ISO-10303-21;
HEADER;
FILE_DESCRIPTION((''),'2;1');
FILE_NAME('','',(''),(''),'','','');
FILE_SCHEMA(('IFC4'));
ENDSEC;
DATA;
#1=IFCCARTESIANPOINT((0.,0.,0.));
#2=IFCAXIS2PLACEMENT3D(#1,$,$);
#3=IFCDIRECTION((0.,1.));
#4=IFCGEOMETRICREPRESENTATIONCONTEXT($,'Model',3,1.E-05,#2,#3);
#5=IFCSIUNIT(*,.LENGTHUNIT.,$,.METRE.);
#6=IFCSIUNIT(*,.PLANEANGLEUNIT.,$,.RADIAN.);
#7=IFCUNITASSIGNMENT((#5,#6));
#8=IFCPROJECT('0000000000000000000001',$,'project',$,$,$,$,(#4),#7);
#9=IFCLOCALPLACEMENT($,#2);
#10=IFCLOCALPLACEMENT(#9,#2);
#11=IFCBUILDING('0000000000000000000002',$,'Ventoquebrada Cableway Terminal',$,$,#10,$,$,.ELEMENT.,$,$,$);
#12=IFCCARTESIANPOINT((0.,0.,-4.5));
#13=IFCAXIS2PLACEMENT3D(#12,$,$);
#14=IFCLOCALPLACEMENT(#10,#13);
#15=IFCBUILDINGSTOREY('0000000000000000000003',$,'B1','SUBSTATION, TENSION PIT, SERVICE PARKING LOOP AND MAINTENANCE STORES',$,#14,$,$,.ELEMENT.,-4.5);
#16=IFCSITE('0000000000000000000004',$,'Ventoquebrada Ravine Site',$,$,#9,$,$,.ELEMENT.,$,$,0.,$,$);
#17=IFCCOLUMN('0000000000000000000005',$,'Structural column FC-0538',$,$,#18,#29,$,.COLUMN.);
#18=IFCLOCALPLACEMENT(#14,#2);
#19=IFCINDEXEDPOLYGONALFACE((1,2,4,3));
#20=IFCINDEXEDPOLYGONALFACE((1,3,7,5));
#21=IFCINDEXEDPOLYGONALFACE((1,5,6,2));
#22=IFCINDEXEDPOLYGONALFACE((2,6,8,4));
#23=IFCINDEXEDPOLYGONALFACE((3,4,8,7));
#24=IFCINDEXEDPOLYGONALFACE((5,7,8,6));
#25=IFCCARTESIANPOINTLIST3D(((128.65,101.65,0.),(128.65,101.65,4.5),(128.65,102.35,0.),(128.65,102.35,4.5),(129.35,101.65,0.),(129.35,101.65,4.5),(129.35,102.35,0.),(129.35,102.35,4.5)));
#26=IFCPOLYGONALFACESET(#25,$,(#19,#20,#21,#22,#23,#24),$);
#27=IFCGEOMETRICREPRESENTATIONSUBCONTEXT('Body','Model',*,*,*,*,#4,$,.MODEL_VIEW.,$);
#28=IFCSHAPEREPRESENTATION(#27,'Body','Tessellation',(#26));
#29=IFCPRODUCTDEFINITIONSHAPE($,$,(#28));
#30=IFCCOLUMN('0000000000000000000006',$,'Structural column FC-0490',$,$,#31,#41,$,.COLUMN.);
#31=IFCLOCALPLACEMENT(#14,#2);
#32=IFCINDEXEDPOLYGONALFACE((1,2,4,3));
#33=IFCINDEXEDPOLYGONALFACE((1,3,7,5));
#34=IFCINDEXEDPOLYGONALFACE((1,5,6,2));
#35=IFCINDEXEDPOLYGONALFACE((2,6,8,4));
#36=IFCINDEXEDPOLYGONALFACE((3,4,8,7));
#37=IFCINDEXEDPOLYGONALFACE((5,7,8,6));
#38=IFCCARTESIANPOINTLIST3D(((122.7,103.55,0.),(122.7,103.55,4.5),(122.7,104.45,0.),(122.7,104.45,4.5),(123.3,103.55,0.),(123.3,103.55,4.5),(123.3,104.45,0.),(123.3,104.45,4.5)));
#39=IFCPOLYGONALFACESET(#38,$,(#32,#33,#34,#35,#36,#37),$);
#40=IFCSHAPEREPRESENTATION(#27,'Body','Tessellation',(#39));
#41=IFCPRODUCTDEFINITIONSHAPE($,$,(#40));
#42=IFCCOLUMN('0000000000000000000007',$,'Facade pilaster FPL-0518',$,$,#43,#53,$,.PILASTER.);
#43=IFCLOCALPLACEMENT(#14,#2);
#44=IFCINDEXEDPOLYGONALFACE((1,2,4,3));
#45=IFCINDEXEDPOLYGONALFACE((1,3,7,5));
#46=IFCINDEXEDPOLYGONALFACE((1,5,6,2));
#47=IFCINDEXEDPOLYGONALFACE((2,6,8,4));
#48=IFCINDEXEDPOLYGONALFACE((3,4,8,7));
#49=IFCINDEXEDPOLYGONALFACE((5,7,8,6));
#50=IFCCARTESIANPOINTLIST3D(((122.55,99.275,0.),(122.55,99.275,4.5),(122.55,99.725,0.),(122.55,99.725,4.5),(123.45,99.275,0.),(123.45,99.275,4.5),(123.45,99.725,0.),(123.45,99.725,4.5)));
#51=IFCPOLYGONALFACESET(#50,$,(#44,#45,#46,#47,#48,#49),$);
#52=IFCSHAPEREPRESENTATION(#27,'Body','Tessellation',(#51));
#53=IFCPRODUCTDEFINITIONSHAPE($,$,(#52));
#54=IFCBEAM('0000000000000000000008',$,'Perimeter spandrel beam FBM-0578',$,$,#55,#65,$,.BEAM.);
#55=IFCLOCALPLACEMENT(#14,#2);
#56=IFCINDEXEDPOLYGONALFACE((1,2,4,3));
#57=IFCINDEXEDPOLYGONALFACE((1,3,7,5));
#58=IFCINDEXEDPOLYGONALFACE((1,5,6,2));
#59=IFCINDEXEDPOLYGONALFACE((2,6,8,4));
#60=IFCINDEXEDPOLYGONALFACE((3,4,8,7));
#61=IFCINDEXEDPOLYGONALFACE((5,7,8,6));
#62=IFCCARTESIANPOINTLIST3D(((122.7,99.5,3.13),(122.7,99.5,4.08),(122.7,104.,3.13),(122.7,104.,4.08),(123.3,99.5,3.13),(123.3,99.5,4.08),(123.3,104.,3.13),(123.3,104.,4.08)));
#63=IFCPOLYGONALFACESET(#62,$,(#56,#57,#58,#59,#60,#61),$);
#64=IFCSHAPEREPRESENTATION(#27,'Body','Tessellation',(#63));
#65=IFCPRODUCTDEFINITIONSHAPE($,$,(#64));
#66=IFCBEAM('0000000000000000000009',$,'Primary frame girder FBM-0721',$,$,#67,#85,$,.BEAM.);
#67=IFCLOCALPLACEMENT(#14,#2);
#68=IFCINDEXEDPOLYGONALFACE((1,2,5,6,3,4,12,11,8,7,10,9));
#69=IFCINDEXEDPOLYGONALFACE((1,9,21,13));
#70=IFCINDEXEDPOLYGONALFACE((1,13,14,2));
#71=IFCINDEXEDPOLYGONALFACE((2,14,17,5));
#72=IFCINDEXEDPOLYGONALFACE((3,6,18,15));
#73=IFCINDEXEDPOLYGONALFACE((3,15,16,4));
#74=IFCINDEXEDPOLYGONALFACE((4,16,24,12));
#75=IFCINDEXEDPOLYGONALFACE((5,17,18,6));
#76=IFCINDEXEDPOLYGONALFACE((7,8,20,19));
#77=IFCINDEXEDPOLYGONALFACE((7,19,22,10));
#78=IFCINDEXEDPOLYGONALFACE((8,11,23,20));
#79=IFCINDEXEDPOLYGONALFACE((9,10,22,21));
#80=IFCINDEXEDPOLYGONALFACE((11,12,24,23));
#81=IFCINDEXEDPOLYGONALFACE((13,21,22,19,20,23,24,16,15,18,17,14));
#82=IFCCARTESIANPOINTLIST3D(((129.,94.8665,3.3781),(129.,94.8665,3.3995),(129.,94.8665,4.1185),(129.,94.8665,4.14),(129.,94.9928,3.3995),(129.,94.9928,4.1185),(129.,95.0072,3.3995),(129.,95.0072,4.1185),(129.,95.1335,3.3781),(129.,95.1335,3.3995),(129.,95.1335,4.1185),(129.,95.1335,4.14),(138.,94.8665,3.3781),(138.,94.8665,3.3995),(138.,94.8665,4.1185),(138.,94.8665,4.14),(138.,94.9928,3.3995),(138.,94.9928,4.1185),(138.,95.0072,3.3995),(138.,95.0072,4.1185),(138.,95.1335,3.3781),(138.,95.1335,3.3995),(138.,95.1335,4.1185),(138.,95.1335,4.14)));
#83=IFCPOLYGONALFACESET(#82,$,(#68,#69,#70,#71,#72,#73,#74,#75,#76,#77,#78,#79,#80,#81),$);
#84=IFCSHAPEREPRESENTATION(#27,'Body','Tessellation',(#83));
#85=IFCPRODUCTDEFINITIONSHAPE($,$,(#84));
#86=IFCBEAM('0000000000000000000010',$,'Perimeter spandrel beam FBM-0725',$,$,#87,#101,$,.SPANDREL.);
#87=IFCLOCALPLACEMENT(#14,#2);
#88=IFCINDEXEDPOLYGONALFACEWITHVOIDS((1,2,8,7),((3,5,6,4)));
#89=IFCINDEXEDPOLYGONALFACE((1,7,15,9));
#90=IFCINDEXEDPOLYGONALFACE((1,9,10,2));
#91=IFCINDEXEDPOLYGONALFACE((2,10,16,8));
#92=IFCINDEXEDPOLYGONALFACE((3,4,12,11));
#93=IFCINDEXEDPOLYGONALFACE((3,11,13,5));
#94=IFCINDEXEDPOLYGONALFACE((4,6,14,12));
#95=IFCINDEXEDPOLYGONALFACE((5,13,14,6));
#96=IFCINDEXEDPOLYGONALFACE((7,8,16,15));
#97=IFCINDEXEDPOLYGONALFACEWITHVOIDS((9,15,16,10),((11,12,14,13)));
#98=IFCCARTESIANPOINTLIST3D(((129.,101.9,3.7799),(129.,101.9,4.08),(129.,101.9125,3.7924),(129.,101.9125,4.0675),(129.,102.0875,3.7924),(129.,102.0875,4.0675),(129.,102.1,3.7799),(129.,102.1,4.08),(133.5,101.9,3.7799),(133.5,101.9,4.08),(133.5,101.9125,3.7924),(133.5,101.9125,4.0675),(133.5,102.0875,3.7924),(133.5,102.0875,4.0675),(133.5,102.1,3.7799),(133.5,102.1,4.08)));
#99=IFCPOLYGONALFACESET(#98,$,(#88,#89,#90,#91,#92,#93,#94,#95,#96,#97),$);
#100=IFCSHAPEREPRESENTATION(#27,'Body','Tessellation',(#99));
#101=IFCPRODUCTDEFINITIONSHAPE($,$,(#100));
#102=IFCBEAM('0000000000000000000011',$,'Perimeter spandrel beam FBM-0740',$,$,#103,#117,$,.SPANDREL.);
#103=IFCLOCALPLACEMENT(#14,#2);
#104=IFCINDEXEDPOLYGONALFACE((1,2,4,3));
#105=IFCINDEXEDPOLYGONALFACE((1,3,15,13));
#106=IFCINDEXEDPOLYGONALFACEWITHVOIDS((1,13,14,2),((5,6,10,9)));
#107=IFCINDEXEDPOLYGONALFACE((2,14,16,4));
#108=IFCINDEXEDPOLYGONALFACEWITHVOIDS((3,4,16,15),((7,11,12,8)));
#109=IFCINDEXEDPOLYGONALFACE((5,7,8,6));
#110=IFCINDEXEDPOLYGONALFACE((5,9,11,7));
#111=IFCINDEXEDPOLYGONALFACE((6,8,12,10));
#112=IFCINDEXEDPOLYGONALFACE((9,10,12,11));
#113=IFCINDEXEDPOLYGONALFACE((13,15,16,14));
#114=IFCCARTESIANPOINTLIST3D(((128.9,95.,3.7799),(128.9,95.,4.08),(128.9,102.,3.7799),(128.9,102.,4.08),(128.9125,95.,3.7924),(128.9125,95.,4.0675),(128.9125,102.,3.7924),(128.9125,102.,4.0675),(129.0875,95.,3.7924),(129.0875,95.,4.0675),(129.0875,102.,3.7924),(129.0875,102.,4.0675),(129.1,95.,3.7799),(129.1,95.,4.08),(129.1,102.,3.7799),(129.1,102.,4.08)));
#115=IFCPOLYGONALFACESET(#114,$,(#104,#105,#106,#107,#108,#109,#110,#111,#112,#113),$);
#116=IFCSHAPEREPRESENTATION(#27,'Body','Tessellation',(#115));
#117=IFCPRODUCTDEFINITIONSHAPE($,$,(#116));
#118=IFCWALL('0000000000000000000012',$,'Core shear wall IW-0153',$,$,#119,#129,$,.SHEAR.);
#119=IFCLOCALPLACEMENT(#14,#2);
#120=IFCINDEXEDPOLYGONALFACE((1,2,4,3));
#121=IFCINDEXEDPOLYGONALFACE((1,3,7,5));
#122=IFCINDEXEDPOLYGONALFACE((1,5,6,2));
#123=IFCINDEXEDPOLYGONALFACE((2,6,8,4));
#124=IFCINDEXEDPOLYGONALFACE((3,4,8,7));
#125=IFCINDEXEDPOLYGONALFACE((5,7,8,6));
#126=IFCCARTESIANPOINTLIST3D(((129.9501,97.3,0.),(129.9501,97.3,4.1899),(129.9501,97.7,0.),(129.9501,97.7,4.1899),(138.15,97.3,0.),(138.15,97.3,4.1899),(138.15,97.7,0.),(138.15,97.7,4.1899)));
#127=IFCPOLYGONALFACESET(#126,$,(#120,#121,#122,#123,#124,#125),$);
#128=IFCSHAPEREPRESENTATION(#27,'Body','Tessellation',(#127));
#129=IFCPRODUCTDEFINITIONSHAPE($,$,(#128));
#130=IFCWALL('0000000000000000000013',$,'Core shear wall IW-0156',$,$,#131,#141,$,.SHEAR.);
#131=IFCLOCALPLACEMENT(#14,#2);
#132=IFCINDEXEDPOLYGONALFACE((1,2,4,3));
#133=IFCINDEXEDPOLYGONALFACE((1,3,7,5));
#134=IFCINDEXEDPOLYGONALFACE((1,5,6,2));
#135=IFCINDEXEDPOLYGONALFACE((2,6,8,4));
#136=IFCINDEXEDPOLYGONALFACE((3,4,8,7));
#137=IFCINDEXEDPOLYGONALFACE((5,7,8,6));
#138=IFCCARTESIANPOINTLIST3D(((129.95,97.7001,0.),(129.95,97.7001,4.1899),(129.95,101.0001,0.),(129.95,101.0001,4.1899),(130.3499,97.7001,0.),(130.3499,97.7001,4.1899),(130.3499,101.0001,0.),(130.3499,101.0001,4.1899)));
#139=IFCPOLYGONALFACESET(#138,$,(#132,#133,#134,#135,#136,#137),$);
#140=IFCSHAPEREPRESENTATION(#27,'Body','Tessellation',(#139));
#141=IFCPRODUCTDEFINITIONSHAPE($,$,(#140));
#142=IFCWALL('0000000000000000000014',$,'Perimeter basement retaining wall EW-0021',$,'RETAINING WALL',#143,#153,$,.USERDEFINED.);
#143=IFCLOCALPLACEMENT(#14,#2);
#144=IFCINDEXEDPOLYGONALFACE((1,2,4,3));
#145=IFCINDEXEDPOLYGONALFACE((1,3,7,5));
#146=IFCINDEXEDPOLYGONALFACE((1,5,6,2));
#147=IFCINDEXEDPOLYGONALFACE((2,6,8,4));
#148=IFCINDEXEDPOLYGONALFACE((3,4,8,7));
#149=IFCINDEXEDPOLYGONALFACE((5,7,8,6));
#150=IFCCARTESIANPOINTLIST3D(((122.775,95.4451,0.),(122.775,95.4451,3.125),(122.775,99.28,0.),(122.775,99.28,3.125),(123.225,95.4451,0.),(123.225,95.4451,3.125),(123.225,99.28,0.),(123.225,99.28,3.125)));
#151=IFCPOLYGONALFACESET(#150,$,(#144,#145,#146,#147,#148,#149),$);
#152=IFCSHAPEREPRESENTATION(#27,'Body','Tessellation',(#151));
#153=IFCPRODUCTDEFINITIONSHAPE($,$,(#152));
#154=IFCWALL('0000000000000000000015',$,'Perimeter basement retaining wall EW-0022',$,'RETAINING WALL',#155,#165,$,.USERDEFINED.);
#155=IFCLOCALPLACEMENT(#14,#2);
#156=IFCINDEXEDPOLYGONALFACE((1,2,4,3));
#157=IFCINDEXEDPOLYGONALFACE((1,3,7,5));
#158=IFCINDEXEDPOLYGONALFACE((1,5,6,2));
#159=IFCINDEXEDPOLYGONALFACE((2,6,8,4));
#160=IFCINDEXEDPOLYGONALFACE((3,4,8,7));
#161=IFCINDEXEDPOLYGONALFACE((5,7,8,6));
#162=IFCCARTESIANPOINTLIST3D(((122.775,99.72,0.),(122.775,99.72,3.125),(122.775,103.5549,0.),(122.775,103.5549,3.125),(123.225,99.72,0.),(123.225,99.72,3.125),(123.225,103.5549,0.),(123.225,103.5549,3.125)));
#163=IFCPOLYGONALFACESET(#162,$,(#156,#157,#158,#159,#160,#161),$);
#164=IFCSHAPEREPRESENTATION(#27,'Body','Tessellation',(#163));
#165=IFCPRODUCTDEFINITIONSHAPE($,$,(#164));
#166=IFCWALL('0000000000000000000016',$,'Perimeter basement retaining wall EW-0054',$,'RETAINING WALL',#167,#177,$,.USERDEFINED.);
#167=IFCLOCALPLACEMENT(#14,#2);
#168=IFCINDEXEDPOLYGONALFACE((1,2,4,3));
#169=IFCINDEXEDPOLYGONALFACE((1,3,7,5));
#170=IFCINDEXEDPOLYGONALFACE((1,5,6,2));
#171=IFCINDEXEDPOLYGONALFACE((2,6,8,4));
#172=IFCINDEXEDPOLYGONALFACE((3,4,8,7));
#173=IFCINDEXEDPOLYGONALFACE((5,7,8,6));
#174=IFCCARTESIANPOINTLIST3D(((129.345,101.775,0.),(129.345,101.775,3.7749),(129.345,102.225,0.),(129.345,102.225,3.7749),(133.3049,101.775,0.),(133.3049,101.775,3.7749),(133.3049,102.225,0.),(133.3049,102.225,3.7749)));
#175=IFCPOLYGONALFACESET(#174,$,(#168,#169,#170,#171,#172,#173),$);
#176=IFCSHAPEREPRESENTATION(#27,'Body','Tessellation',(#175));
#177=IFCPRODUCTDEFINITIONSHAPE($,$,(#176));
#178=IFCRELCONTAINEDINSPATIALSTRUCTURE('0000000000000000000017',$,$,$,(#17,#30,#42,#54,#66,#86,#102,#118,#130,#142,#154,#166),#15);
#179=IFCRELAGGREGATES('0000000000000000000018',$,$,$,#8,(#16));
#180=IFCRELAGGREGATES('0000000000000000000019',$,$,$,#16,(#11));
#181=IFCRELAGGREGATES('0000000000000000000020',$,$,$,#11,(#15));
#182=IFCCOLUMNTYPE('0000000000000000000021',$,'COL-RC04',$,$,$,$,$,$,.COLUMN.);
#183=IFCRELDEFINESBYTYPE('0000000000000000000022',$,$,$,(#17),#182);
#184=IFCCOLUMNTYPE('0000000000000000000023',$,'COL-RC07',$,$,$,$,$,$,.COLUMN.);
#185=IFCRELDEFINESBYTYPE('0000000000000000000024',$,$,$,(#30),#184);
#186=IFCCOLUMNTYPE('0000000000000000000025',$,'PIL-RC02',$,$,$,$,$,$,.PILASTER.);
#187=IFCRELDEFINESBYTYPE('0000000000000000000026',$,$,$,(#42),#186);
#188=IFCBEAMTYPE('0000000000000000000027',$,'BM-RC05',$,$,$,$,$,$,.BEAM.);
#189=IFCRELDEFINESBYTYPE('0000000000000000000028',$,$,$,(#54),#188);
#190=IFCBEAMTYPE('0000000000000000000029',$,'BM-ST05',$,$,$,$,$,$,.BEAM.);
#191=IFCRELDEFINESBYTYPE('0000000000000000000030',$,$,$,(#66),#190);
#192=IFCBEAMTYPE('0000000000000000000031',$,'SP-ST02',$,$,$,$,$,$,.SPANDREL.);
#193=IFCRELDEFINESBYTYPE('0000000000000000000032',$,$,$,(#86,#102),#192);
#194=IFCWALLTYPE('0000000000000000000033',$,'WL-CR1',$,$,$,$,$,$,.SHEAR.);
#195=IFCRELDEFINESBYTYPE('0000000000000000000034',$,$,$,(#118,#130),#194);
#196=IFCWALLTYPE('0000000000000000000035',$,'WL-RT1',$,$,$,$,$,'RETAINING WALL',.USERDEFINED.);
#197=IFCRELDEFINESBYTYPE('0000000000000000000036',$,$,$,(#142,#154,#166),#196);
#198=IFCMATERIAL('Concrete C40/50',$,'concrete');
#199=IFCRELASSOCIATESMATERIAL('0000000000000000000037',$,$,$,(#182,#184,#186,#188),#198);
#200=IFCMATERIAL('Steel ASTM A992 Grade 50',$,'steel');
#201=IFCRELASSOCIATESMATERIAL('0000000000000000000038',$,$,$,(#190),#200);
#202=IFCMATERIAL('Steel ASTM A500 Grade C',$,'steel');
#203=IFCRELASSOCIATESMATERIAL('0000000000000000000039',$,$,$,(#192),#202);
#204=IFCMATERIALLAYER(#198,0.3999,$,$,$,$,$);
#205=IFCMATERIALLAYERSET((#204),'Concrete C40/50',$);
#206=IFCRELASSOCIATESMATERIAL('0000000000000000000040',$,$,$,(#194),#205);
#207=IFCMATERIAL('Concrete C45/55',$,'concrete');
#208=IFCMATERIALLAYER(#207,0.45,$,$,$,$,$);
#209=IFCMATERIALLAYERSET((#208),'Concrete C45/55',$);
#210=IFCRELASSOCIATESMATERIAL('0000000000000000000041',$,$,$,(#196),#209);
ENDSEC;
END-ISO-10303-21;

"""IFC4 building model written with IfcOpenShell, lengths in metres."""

from ifc_helpers import new_model, si_unit, direction, frame, frame_2d, origin, origin_2d, place, context, subcontext, project, spatial, rectangle, hollow_rectangle, i_section, extrude, material, layer, layer_set, material_profile, profile_set, type_object, element, save


model = new_model("IFC4")

# Units and contexts
model_context = context("Model", 3, precision=1e-05, world=origin(), true_north=direction((0.0, 1.0)))
body_context = subcontext(model_context, "Body", "Model", "MODEL_VIEW")
ifc_project = project(units=[si_unit("LENGTHUNIT", "METRE"), si_unit("PLANEANGLEUNIT", "RADIAN")], contexts=[model_context])

# Site, building, storey
site_placement = place(None, origin())
site = spatial("IfcSite", under=ifc_project, at=site_placement, Name="Ventoquebrada Ravine Site", CompositionType="ELEMENT", RefElevation=0.0)
building_placement = place(site_placement, origin())
building = spatial("IfcBuilding", under=site, at=building_placement, Name="Ventoquebrada Cableway Terminal", CompositionType="ELEMENT")
storey_placement = place(building_placement, frame((0.0, 0.0, -4.5)))
storey = spatial("IfcBuildingStorey", under=building, at=storey_placement, Name="B1", Description="SUBSTATION, TENSION PIT, SERVICE PARKING LOOP AND MAINTENANCE STORES", CompositionType="ELEMENT", Elevation=-4.5)

# Shared definitions
ifc_material_1 = material(Name="Concrete C40/50", Category="concrete")

# Columns
ifc_material_profile_1 = material_profile(ifc_material_1, rectangle(XDim=0.7, YDim=0.7, at=origin_2d()), Name="RC-COL-700X700")
ifc_profile_set_1 = profile_set([ifc_material_profile_1], Name="Concrete C40/50")
column_type_1 = type_object("IfcColumnType", Name="COL-RC04", PredefinedType="COLUMN", material=ifc_profile_set_1)
column_1_placement = place(storey_placement, frame((129.0, 102.0, 0.0), z_axis=(0.0, 0.0, 1.0), x_axis=(1.0, 0.0, 0.0)))
element("IfcColumn", 1, at=column_1_placement, inside=storey, type_object=column_type_1, Name="Structural column FC-0538", PredefinedType="COLUMN", context=body_context, shape_type="SweptSolid", body=[
    extrude(rectangle(XDim=0.7, YDim=0.7, at=origin_2d()), origin(), (0.0, 0.0, 1.0), 4.5),
])
ifc_material_profile_2 = material_profile(ifc_material_1, rectangle(XDim=0.6001, YDim=0.8999, at=origin_2d()), Name="RC-COL-900X600")
ifc_profile_set_2 = profile_set([ifc_material_profile_2], Name="Concrete C40/50")
column_type_2 = type_object("IfcColumnType", Name="COL-RC07", PredefinedType="COLUMN", material=ifc_profile_set_2)
column_2_placement = place(storey_placement, frame((123.0, 104.0, 0.0), z_axis=(0.0, 0.0, 1.0), x_axis=(1.0, 0.0, 0.0)))
element("IfcColumn", 2, at=column_2_placement, inside=storey, type_object=column_type_2, Name="Structural column FC-0490", PredefinedType="COLUMN", context=body_context, shape_type="SweptSolid", body=[
    extrude(rectangle(XDim=0.6001, YDim=0.8999, at=origin_2d()), origin(), (0.0, 0.0, 1.0), 4.5),
])
ifc_material_profile_3 = material_profile(ifc_material_1, rectangle(XDim=0.45, YDim=0.8999, at=origin_2d()), Name="RC-PIL-450X900")
ifc_profile_set_3 = profile_set([ifc_material_profile_3], Name="Concrete C40/50")
column_type_3 = type_object("IfcColumnType", Name="PIL-RC02", PredefinedType="PILASTER", material=ifc_profile_set_3)
column_3_placement = place(storey_placement, frame((123.0, 99.5, 0.0), z_axis=(0.0, 0.0, 1.0), x_axis=(0.0, 1.0, 0.0)))
element("IfcColumn", 3, at=column_3_placement, inside=storey, type_object=column_type_3, Name="Facade pilaster FPL-0518", PredefinedType="PILASTER", context=body_context, shape_type="SweptSolid", body=[
    extrude(rectangle(XDim=0.45, YDim=0.8999, at=origin_2d()), origin(), (0.0, 0.0, 1.0), 4.5),
])

# Beams
ifc_material_profile_4 = material_profile(ifc_material_1, rectangle(XDim=0.6001, YDim=0.95, at=origin_2d()), Name="RC-BM-600X950")
ifc_profile_set_4 = profile_set([ifc_material_profile_4], Name="Concrete C40/50")
beam_type_1 = type_object("IfcBeamType", Name="BM-RC05", PredefinedType="BEAM", material=ifc_profile_set_4)
beam_1_placement = place(storey_placement, frame((123.0, 99.5, 3.605), z_axis=(0.0, 1.0, 0.0), x_axis=(-1.0, 0.0, 0.0)))
element("IfcBeam", 4, at=beam_1_placement, inside=storey, type_object=beam_type_1, Name="Perimeter spandrel beam FBM-0578", PredefinedType="BEAM", context=body_context, shape_type="SweptSolid", body=[
    extrude(rectangle(XDim=0.6001, YDim=0.95, at=origin_2d()), origin(), (0.0, 0.0, 1.0), 4.5),
])
ifc_material_2 = material(Name="Steel ASTM A992 Grade 50", Category="steel")
ifc_material_profile_5 = material_profile(ifc_material_2, i_section(OverallWidth=0.2671, OverallDepth=0.762, WebThickness=0.0144, FlangeThickness=0.0215, at=origin_2d()), Name="W30X116")
ifc_profile_set_5 = profile_set([ifc_material_profile_5], Name="Steel ASTM A992 Grade 50")
beam_type_2 = type_object("IfcBeamType", Name="BM-ST05", PredefinedType="BEAM", material=ifc_profile_set_5)
beam_2_placement = place(storey_placement, frame((129.0, 95.0, 3.759), z_axis=(1.0, 0.0, 0.0), x_axis=(0.0, 1.0, 0.0)))
element("IfcBeam", 5, at=beam_2_placement, inside=storey, type_object=beam_type_2, Name="Primary frame girder FBM-0721", PredefinedType="BEAM", context=body_context, shape_type="SweptSolid", body=[
    extrude(i_section(OverallWidth=0.2671, OverallDepth=0.762, WebThickness=0.0144, FlangeThickness=0.0215, at=origin_2d()), origin(), (0.0, 0.0, 1.0), 9.0),
])
ifc_material_3 = material(Name="Steel ASTM A500 Grade C", Category="steel")
ifc_material_profile_6 = material_profile(ifc_material_3, hollow_rectangle(XDim=0.2, YDim=0.3, WallThickness=0.0125, at=origin_2d()), Name="RHS300X200X12.5")
ifc_profile_set_6 = profile_set([ifc_material_profile_6], Name="Steel ASTM A500 Grade C")
beam_type_3 = type_object("IfcBeamType", Name="SP-ST02", PredefinedType="SPANDREL", material=ifc_profile_set_6)
beam_3_placement = place(storey_placement, frame((129.0, 102.0, 3.9299), z_axis=(1.0, 0.0, 0.0), x_axis=(0.0, 1.0, 0.0)))
element("IfcBeam", 6, at=beam_3_placement, inside=storey, type_object=beam_type_3, Name="Perimeter spandrel beam FBM-0725", PredefinedType="SPANDREL", context=body_context, shape_type="SweptSolid", body=[
    extrude(hollow_rectangle(XDim=0.2, YDim=0.3, WallThickness=0.0125, at=origin_2d()), origin(), (0.0, 0.0, 1.0), 4.5),
])
beam_4_placement = place(storey_placement, frame((129.0, 95.0, 3.9299), z_axis=(0.0, 1.0, 0.0), x_axis=(-1.0, 0.0, 0.0)))
element("IfcBeam", 7, at=beam_4_placement, inside=storey, type_object=beam_type_3, Name="Perimeter spandrel beam FBM-0740", PredefinedType="SPANDREL", context=body_context, shape_type="SweptSolid", body=[
    extrude(hollow_rectangle(XDim=0.2, YDim=0.3, WallThickness=0.0125, at=origin_2d()), origin(), (0.0, 0.0, 1.0), 7.0),
])

# Walls
ifc_layer_1 = layer(ifc_material_1, 0.3999)
ifc_layer_set_1 = layer_set([ifc_layer_1], Name="Concrete C40/50")
wall_type_1 = type_object("IfcWallType", Name="WL-CR1", PredefinedType="SHEAR", material=ifc_layer_set_1)
wall_1_placement = place(storey_placement, frame((129.95, 97.5, 0.0), z_axis=(0.0, 0.0, 1.0), x_axis=(1.0, 0.0, 0.0)))
element("IfcWall", 8, at=wall_1_placement, inside=storey, type_object=wall_type_1, Name="Core shear wall IW-0153", PredefinedType="SHEAR", context=body_context, shape_type="SweptSolid", body=[
    extrude(rectangle(XDim=8.2, YDim=0.3999, at=frame_2d((4.1001, 0.0))), origin(), (0.0, 0.0, 1.0), 4.1899),
])
wall_2_placement = place(storey_placement, frame((130.1499, 101.0, 0.0), z_axis=(0.0, 0.0, 1.0), x_axis=(0.0, -1.0, 0.0)))
element("IfcWall", 9, at=wall_2_placement, inside=storey, type_object=wall_type_1, Name="Core shear wall IW-0156", PredefinedType="SHEAR", context=body_context, shape_type="SweptSolid", body=[
    extrude(rectangle(XDim=3.3, YDim=0.3999, at=frame_2d((1.6499, 0.0))), origin(), (0.0, 0.0, 1.0), 4.1899),
])
ifc_material_4 = material(Name="Concrete C45/55", Category="concrete")
ifc_layer_2 = layer(ifc_material_4, 0.45)
ifc_layer_set_2 = layer_set([ifc_layer_2], Name="Concrete C45/55")
wall_type_2 = type_object("IfcWallType", Name="WL-RT1", ElementType="RETAINING WALL", PredefinedType="USERDEFINED", material=ifc_layer_set_2)
for number, where, z_axis, x_axis, name in (
    (10, (123.0, 95.4451, 0.0), (0.0, 0.0, 1.0), (0.0, 1.0, 0.0), "Perimeter basement retaining wall EW-0021"),
    (11, (123.0, 99.72, 0.0), (0.0, 0.0, 1.0), (0.0, 1.0, 0.0), "Perimeter basement retaining wall EW-0022"),
):
    element("IfcWall", number, at=place(storey_placement, frame(where, z_axis=z_axis, x_axis=x_axis)), inside=storey, type_object=wall_type_2, Name=name, ObjectType="RETAINING WALL", PredefinedType="USERDEFINED", context=body_context, shape_type="SweptSolid", body=[
        extrude(rectangle(XDim=3.835, YDim=0.45, at=frame_2d((1.9175, 0.0))), origin(), (0.0, 0.0, 1.0), 3.125),
    ])
wall_3_placement = place(storey_placement, frame((133.3049, 102.0, 0.0), z_axis=(0.0, 0.0, 1.0), x_axis=(-1.0, 0.0, 0.0)))
element("IfcWall", 12, at=wall_3_placement, inside=storey, type_object=wall_type_2, Name="Perimeter basement retaining wall EW-0054", ObjectType="RETAINING WALL", PredefinedType="USERDEFINED", context=body_context, shape_type="SweptSolid", body=[
    extrude(rectangle(XDim=3.96, YDim=0.45, at=frame_2d((1.98, 0.0))), origin(), (0.0, 0.0, 1.0), 3.7749),
])

save(model, "model.ifc")
